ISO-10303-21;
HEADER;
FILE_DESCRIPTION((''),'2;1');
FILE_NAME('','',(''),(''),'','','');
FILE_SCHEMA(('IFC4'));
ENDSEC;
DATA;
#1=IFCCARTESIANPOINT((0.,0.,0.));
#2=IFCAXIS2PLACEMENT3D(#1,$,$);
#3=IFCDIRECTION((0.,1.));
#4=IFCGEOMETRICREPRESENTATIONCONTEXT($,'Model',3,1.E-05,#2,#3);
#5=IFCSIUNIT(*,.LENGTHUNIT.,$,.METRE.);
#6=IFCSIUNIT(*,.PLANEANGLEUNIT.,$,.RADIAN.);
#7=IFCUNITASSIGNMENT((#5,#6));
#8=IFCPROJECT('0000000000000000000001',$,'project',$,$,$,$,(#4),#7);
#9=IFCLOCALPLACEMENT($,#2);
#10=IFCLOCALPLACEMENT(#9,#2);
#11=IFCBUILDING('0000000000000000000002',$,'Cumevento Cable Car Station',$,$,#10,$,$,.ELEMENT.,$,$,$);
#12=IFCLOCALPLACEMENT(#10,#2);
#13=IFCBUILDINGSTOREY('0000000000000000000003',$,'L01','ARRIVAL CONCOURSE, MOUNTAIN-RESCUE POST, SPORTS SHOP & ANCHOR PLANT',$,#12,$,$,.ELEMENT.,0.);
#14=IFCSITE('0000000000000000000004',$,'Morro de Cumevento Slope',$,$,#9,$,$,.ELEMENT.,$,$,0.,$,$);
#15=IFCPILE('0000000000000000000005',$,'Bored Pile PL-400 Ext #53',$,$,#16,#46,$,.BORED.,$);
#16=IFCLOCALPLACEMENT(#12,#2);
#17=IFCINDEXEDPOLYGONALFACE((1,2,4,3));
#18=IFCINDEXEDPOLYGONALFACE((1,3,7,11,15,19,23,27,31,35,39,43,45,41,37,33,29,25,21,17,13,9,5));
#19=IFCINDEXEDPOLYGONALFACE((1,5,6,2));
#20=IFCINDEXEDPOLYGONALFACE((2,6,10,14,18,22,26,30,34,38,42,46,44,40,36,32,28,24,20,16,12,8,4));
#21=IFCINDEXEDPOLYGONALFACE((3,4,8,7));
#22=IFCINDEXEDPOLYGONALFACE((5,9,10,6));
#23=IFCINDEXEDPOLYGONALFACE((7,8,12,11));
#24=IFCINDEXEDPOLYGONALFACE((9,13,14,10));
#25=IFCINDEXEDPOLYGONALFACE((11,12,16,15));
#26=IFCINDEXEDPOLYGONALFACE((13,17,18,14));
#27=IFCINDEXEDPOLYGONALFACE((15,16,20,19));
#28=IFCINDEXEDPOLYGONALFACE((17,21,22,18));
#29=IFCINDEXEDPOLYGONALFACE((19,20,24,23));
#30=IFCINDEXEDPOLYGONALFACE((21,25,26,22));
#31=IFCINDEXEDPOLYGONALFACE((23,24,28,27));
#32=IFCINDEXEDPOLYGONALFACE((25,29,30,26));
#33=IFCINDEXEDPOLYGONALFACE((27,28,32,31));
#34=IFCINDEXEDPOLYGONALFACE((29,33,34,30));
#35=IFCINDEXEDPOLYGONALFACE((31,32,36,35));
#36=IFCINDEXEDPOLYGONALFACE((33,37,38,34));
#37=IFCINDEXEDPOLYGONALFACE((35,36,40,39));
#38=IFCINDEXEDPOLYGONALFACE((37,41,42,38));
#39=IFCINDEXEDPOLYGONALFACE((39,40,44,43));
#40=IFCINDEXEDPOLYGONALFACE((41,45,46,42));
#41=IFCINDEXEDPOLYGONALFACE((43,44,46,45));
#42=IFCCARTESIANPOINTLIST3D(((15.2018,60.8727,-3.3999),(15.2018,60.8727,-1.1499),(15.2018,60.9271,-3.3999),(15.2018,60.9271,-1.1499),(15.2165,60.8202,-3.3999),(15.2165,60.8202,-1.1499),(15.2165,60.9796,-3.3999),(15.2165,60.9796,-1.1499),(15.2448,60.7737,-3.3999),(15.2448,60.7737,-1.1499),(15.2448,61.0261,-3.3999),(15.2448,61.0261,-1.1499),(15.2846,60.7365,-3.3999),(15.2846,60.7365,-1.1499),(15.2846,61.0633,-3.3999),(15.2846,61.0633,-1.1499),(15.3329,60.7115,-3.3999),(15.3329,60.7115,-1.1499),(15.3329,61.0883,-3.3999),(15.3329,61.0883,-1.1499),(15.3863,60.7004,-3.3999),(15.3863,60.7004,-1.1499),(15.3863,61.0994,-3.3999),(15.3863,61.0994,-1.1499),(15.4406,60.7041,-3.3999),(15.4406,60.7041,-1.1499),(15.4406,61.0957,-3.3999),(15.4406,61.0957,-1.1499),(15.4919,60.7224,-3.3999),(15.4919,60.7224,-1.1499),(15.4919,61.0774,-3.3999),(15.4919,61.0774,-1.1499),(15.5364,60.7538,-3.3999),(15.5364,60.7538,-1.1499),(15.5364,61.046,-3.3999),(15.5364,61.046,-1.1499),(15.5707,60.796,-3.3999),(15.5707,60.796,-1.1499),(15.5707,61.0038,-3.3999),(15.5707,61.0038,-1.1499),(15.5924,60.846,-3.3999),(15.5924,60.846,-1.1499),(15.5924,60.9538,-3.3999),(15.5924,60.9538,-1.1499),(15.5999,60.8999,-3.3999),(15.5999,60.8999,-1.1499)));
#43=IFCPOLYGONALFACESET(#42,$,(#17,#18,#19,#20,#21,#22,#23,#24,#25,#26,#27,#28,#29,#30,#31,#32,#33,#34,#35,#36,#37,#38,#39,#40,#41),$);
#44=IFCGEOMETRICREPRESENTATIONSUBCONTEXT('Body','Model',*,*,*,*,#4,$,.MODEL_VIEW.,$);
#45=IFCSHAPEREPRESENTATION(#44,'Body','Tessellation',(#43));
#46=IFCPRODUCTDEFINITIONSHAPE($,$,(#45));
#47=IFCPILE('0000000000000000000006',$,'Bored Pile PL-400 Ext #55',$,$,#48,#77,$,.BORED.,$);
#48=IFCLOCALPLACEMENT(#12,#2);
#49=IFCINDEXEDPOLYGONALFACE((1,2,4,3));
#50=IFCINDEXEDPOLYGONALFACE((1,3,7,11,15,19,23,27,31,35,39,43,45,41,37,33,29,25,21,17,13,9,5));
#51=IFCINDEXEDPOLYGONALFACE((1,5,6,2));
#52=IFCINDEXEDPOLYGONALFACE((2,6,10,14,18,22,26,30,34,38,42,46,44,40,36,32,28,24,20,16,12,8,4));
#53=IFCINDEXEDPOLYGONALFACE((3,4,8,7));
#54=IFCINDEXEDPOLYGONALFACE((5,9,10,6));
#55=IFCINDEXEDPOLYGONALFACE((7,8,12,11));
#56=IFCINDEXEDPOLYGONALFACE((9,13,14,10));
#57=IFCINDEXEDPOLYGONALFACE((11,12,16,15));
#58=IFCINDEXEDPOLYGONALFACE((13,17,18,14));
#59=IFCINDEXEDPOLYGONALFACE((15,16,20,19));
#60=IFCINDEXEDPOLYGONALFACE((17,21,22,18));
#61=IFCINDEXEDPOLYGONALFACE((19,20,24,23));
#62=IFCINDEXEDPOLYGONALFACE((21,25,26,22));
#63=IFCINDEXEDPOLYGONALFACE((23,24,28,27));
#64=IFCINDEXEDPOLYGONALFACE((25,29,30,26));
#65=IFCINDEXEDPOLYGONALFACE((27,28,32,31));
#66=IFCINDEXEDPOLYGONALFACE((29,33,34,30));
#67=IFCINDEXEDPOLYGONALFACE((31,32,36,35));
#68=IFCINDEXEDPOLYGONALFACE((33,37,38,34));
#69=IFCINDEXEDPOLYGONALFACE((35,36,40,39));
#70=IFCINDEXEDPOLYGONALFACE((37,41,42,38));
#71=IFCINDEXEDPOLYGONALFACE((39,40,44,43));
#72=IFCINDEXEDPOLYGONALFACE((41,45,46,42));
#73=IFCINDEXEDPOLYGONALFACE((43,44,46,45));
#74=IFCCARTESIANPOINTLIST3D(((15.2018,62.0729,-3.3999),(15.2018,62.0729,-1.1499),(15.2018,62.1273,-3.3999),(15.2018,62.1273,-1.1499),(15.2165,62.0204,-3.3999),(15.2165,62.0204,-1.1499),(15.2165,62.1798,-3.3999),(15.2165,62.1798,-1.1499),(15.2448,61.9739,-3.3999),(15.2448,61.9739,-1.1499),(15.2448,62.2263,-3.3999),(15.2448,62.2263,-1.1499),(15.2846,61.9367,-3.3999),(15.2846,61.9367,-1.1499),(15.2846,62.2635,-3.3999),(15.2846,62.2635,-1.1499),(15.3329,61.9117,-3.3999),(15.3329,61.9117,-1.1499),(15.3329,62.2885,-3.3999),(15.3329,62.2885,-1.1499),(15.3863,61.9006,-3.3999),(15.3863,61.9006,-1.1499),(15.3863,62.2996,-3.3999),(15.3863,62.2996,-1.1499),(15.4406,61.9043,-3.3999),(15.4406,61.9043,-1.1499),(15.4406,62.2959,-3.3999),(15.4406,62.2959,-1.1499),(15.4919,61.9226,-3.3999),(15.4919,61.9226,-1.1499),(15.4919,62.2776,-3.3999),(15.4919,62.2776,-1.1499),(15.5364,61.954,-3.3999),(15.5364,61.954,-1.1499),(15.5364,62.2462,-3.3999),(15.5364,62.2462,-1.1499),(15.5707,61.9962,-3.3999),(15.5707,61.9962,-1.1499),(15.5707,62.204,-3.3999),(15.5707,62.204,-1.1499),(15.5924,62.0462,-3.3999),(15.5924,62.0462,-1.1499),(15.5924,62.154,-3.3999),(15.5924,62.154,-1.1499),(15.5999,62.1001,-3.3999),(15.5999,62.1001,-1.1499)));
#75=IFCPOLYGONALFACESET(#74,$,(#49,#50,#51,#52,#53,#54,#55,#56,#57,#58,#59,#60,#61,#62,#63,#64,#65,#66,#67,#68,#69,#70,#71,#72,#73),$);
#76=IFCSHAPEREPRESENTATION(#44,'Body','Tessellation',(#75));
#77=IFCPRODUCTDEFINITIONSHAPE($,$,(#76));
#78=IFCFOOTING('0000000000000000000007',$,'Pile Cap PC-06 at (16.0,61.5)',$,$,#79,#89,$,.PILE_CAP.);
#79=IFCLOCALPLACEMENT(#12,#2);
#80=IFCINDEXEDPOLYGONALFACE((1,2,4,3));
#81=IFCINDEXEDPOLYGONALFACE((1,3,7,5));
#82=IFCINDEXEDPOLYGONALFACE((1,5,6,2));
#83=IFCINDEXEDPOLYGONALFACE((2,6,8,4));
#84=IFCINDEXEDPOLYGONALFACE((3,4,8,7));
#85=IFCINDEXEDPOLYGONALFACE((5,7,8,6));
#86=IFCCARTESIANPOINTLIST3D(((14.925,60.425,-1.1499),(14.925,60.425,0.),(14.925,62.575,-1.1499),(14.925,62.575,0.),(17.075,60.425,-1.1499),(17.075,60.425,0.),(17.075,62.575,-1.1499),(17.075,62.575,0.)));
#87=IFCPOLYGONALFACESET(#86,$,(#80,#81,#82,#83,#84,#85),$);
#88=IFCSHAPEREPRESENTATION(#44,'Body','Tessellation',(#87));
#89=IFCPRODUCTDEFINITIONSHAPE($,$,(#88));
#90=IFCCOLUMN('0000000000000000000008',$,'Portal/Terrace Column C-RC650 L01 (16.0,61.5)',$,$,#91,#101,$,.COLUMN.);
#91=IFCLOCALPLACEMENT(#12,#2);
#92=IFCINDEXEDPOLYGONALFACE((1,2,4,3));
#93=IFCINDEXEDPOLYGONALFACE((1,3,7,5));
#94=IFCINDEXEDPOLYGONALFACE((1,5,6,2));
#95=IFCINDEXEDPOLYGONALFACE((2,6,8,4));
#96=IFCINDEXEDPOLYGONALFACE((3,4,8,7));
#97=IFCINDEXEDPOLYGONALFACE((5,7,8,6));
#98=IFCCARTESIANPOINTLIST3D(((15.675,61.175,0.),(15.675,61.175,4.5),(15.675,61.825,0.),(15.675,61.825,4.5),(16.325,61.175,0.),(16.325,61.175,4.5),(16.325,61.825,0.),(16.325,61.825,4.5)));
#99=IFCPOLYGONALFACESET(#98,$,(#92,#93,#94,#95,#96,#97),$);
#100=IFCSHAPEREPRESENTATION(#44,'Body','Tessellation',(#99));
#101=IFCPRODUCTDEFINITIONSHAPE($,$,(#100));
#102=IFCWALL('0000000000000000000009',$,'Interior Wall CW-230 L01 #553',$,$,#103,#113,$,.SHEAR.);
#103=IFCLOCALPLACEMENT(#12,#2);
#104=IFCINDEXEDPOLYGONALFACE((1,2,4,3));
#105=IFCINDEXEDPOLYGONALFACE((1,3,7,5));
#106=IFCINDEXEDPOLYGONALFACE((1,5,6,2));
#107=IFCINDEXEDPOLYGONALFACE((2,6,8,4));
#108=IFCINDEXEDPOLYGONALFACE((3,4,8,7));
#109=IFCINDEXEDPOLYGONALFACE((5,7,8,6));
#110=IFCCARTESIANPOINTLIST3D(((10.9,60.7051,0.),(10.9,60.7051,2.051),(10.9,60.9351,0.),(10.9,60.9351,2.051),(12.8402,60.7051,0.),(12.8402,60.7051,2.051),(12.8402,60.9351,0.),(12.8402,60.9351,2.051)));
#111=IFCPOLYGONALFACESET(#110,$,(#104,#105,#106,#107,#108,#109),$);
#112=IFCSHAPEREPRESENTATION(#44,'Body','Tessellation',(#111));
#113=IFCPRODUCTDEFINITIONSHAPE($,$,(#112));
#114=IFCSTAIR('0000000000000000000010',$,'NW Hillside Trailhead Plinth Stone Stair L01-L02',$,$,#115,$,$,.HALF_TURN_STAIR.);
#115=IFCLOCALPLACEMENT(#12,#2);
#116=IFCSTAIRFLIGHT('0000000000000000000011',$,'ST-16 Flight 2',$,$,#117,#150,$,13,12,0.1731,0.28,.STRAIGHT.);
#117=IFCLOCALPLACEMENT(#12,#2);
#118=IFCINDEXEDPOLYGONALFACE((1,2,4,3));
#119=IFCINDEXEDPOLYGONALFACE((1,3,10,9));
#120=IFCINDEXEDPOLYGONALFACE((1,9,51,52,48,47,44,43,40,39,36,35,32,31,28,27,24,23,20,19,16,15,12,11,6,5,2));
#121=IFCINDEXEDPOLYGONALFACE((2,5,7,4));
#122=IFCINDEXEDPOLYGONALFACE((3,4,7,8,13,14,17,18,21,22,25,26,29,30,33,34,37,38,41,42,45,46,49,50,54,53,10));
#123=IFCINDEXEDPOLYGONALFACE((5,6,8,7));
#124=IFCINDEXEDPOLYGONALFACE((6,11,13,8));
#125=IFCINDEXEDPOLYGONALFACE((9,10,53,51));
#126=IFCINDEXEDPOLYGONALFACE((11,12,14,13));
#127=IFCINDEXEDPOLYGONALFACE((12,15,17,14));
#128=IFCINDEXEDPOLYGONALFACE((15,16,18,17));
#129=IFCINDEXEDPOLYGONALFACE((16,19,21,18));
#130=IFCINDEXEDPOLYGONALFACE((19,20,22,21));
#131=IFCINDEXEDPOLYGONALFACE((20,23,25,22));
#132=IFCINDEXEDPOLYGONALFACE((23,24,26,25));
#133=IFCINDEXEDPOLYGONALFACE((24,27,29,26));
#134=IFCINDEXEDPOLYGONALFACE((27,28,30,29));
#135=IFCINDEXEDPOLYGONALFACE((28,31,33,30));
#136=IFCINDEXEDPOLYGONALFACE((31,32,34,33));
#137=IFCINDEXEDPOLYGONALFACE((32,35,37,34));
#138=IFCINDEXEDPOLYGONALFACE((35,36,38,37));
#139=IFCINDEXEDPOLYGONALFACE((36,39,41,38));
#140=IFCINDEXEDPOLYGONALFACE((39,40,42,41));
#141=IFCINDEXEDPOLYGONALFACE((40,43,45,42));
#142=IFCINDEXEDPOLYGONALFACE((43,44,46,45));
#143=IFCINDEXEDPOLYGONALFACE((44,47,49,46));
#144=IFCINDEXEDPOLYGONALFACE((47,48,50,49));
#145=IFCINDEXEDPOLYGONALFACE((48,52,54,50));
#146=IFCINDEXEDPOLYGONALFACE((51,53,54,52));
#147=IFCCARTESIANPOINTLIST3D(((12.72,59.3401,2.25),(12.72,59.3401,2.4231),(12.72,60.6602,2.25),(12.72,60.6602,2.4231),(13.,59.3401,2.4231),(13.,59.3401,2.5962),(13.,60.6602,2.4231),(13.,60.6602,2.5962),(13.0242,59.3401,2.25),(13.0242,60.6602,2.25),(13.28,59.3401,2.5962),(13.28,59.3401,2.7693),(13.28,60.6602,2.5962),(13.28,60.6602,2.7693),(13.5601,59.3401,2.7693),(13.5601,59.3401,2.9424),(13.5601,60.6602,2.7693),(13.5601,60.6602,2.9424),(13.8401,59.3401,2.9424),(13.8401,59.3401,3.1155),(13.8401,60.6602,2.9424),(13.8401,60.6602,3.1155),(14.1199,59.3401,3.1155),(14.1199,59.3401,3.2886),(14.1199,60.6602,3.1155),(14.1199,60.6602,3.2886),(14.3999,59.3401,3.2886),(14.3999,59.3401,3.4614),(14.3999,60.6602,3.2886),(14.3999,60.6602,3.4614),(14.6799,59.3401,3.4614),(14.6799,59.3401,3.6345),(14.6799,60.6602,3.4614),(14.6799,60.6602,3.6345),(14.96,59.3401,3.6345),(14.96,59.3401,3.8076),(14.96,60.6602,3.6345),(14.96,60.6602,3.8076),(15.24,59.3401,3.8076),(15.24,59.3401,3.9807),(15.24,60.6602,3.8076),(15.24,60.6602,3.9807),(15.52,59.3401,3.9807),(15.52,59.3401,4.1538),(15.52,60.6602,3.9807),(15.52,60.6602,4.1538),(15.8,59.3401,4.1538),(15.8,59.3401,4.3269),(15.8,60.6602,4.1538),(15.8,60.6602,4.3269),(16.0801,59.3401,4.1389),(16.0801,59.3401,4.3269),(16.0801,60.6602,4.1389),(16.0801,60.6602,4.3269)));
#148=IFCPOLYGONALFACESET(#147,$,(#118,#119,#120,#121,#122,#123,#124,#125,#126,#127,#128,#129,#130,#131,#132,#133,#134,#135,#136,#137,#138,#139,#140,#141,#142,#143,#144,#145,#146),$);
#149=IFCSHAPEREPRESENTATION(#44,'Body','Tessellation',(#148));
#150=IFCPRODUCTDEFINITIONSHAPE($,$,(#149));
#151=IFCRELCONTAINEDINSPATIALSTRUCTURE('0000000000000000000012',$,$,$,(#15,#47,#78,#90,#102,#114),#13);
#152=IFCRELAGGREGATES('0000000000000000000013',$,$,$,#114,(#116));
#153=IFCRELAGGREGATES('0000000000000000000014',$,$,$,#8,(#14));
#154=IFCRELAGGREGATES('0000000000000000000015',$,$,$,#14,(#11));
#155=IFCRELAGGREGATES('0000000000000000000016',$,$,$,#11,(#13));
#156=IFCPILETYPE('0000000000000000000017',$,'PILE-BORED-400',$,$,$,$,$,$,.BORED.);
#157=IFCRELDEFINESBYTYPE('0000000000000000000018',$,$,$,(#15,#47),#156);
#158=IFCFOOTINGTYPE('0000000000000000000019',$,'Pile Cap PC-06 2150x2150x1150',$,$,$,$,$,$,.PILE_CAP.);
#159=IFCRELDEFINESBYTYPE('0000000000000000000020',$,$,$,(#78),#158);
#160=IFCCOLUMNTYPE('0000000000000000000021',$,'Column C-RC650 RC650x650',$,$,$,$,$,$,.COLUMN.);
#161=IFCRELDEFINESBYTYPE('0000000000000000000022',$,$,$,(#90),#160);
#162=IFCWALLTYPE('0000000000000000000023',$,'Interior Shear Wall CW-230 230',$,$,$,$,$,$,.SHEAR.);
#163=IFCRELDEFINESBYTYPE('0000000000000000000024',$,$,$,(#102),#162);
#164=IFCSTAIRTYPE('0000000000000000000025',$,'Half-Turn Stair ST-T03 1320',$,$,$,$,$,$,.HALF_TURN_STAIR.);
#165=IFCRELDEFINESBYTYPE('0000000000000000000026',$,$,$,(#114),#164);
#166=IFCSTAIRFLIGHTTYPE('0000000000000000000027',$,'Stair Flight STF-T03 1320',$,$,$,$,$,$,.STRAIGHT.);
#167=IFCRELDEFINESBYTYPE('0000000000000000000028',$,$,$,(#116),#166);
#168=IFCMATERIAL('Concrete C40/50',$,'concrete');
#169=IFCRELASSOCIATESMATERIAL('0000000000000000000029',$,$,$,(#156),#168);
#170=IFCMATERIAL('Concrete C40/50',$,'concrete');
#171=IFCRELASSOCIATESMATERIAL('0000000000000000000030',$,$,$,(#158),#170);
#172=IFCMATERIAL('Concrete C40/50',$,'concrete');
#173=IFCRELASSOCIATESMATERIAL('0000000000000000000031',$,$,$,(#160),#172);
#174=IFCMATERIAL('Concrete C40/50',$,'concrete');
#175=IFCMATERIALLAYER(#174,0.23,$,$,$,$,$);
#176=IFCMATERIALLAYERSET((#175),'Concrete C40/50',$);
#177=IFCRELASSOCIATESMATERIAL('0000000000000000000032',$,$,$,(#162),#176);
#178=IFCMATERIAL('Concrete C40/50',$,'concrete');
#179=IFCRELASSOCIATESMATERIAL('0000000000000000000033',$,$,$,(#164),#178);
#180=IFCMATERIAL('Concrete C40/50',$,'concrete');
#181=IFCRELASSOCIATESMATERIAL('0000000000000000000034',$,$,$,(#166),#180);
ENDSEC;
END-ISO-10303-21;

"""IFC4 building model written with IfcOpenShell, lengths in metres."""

from ifc_helpers import new_model, si_unit, direction, frame, frame_2d, origin, origin_2d, place, context, subcontext, project, spatial, polyline, rectangle, circle, outline, extrude, material, layer, layer_set, material_profile, profile_set, type_object, element, aggregate, save


model = new_model("IFC4")

# Units and contexts
model_context = context("Model", 3, precision=1e-05, world=origin(), true_north=direction((0.0, 1.0)))
body_context = subcontext(model_context, "Body", "Model", "MODEL_VIEW")
ifc_project = project(units=[si_unit("LENGTHUNIT", "METRE"), si_unit("PLANEANGLEUNIT", "RADIAN")], contexts=[model_context])

# Site, building, storey
site_placement = place(None, origin())
site = spatial("IfcSite", under=ifc_project, at=site_placement, Name="Morro de Cumevento Slope", CompositionType="ELEMENT", RefElevation=0.0)
building_placement = place(site_placement, origin())
building = spatial("IfcBuilding", under=site, at=building_placement, Name="Cumevento Cable Car Station", CompositionType="ELEMENT")
storey_placement = place(building_placement, origin())
storey = spatial("IfcBuildingStorey", under=building, at=storey_placement, Name="L01", Description="ARRIVAL CONCOURSE, MOUNTAIN-RESCUE POST, SPORTS SHOP & ANCHOR PLANT", CompositionType="ELEMENT", Elevation=0.0)

# Piles
ifc_material_1 = material(Name="Concrete C40/50", Category="concrete")
ifc_material_profile_1 = material_profile(ifc_material_1, circle(Radius=0.2, at=origin_2d()), Name="PILE-D400")
ifc_profile_set_1 = profile_set([ifc_material_profile_1], Name="Concrete C40/50")
pile_type = type_object("IfcPileType", Name="PILE-BORED-400", PredefinedType="BORED", material=ifc_profile_set_1)
for number, where, z_axis, x_axis, name in (
    (1, (15.3999, 60.8999, -1.1499), (0.0, 0.0, -1.0), (1.0, 0.0, 0.0), "Bored Pile PL-400 Ext #53"),
    (2, (15.3999, 62.1001, -1.1499), (0.0, 0.0, -1.0), (1.0, 0.0, 0.0), "Bored Pile PL-400 Ext #55"),
):
    element("IfcPile", number, at=place(storey_placement, frame(where, z_axis=z_axis, x_axis=x_axis)), inside=storey, type_object=pile_type, Name=name, PredefinedType="BORED", context=body_context, shape_type="SweptSolid", body=[
        extrude(circle(Radius=0.2, at=origin_2d()), origin(), (0.0, 0.0, 1.0), 2.25),
    ])

# Footing
ifc_material_2 = material(Name="Concrete C40/50", Category="concrete")
footing_type = type_object("IfcFootingType", Name="Pile Cap PC-06 2150x2150x1150", PredefinedType="PILE_CAP", material=ifc_material_2)
footing_placement = place(storey_placement, frame((16.0, 61.5, -1.1499), z_axis=(0.0, 0.0, 1.0), x_axis=(1.0, 0.0, 0.0)))
element("IfcFooting", 3, at=footing_placement, inside=storey, type_object=footing_type, Name="Pile Cap PC-06 at (16.0,61.5)", PredefinedType="PILE_CAP", context=body_context, shape_type="SweptSolid", body=[
    extrude(rectangle(XDim=2.1499, YDim=2.1499, at=origin_2d()), origin(), (0.0, 0.0, 1.0), 1.1499),
])

# Column
ifc_material_3 = material(Name="Concrete C40/50", Category="concrete")
ifc_material_profile_2 = material_profile(ifc_material_3, rectangle(XDim=0.6499, YDim=0.6499, at=origin_2d()), Name="RC650x650")
ifc_profile_set_2 = profile_set([ifc_material_profile_2], Name="Concrete C40/50")
column_type = type_object("IfcColumnType", Name="Column C-RC650 RC650x650", PredefinedType="COLUMN", material=ifc_profile_set_2)
column_placement = place(storey_placement, frame((16.0, 61.5, 0.0), z_axis=(0.0, 0.0, 1.0), x_axis=(1.0, 0.0, 0.0)))
element("IfcColumn", 4, at=column_placement, inside=storey, type_object=column_type, Name="Portal/Terrace Column C-RC650 L01 (16.0,61.5)", PredefinedType="COLUMN", context=body_context, shape_type="SweptSolid", body=[
    extrude(rectangle(XDim=0.6499, YDim=0.6499, at=origin_2d()), origin(), (0.0, 0.0, 1.0), 4.5),
])

# Wall
ifc_material_4 = material(Name="Concrete C40/50", Category="concrete")
ifc_layer = layer(ifc_material_4, 0.23)
ifc_layer_set = layer_set([ifc_layer], Name="Concrete C40/50")
wall_type = type_object("IfcWallType", Name="Interior Shear Wall CW-230 230", PredefinedType="SHEAR", material=ifc_layer_set)
wall_placement = place(storey_placement, frame((10.8999, 60.8201, 0.0), z_axis=(0.0, 0.0, 1.0), x_axis=(1.0, 0.0, 0.0)))
element("IfcWall", 5, at=wall_placement, inside=storey, type_object=wall_type, Name="Interior Wall CW-230 L01 #553", PredefinedType="SHEAR", context=body_context, shape_type="SweptSolid", body=[
    extrude(rectangle(XDim=1.9402, YDim=0.23, at=frame_2d((0.9702, 0.0))), origin(), (0.0, 0.0, 1.0), 2.051),
])

# Stair, stair flight
ifc_material_5 = material(Name="Concrete C40/50", Category="concrete")
stair_type = type_object("IfcStairType", Name="Half-Turn Stair ST-T03 1320", PredefinedType="HALF_TURN_STAIR", material=ifc_material_5)
stair_placement = place(storey_placement, origin())
stair = element("IfcStair", 6, at=stair_placement, inside=storey, type_object=stair_type, Name="NW Hillside Trailhead Plinth Stone Stair L01-L02", PredefinedType="HALF_TURN_STAIR")
ifc_material_6 = material(Name="Concrete C40/50", Category="concrete")
stair_flight_type = type_object("IfcStairFlightType", Name="Stair Flight STF-T03 1320", PredefinedType="STRAIGHT", material=ifc_material_6)
stair_flight_placement = place(storey_placement, frame((12.72, 60.0, 2.25), z_axis=(0.0, 0.0, 1.0), x_axis=(1.0, 0.0, 0.0)))
stair_flight = element("IfcStairFlight", 7, at=stair_flight_placement, type_object=stair_flight_type, Name="ST-16 Flight 2", NumberOfRisers=13, NumberOfTreads=12, PredefinedType="STRAIGHT", RiserHeight=0.1731, TreadLength=0.28, context=body_context, shape_type="SweptSolid", body=[
    extrude(outline(polyline([(0.0, 0.0), (0.0, 0.1731), (0.28, 0.1731), (0.28, 0.3462), (0.5601, 0.3462), (0.5601, 0.5193), (0.8401, 0.5193), (0.8401, 0.6924), (1.1201, 0.6924), (1.1201, 0.8655), (1.3999, 0.8655), (1.3999, 1.0386), (1.6799, 1.0386), (1.6799, 1.2114), (1.96, 1.2114), (1.96, 1.3845), (2.24, 1.3845), (2.24, 1.5576), (2.52, 1.5576), (2.52, 1.7307), (2.8, 1.7307), (2.8, 1.9038), (3.0801, 1.9038), (3.0801, 2.0769), (3.3601, 2.0769), (3.3601, 2.25), (3.3601, 1.8889), (0.3042, 0.0), (0.0, 0.0)])), frame((0.0, 0.6602, 0.0), z_axis=(0.0, -1.0, 0.0), x_axis=(1.0, 0.0, 0.0)), (0.0, 0.0, 1.0), 1.3201),
])
aggregate(stair, [stair_flight])

save(model, "model.ifc")
